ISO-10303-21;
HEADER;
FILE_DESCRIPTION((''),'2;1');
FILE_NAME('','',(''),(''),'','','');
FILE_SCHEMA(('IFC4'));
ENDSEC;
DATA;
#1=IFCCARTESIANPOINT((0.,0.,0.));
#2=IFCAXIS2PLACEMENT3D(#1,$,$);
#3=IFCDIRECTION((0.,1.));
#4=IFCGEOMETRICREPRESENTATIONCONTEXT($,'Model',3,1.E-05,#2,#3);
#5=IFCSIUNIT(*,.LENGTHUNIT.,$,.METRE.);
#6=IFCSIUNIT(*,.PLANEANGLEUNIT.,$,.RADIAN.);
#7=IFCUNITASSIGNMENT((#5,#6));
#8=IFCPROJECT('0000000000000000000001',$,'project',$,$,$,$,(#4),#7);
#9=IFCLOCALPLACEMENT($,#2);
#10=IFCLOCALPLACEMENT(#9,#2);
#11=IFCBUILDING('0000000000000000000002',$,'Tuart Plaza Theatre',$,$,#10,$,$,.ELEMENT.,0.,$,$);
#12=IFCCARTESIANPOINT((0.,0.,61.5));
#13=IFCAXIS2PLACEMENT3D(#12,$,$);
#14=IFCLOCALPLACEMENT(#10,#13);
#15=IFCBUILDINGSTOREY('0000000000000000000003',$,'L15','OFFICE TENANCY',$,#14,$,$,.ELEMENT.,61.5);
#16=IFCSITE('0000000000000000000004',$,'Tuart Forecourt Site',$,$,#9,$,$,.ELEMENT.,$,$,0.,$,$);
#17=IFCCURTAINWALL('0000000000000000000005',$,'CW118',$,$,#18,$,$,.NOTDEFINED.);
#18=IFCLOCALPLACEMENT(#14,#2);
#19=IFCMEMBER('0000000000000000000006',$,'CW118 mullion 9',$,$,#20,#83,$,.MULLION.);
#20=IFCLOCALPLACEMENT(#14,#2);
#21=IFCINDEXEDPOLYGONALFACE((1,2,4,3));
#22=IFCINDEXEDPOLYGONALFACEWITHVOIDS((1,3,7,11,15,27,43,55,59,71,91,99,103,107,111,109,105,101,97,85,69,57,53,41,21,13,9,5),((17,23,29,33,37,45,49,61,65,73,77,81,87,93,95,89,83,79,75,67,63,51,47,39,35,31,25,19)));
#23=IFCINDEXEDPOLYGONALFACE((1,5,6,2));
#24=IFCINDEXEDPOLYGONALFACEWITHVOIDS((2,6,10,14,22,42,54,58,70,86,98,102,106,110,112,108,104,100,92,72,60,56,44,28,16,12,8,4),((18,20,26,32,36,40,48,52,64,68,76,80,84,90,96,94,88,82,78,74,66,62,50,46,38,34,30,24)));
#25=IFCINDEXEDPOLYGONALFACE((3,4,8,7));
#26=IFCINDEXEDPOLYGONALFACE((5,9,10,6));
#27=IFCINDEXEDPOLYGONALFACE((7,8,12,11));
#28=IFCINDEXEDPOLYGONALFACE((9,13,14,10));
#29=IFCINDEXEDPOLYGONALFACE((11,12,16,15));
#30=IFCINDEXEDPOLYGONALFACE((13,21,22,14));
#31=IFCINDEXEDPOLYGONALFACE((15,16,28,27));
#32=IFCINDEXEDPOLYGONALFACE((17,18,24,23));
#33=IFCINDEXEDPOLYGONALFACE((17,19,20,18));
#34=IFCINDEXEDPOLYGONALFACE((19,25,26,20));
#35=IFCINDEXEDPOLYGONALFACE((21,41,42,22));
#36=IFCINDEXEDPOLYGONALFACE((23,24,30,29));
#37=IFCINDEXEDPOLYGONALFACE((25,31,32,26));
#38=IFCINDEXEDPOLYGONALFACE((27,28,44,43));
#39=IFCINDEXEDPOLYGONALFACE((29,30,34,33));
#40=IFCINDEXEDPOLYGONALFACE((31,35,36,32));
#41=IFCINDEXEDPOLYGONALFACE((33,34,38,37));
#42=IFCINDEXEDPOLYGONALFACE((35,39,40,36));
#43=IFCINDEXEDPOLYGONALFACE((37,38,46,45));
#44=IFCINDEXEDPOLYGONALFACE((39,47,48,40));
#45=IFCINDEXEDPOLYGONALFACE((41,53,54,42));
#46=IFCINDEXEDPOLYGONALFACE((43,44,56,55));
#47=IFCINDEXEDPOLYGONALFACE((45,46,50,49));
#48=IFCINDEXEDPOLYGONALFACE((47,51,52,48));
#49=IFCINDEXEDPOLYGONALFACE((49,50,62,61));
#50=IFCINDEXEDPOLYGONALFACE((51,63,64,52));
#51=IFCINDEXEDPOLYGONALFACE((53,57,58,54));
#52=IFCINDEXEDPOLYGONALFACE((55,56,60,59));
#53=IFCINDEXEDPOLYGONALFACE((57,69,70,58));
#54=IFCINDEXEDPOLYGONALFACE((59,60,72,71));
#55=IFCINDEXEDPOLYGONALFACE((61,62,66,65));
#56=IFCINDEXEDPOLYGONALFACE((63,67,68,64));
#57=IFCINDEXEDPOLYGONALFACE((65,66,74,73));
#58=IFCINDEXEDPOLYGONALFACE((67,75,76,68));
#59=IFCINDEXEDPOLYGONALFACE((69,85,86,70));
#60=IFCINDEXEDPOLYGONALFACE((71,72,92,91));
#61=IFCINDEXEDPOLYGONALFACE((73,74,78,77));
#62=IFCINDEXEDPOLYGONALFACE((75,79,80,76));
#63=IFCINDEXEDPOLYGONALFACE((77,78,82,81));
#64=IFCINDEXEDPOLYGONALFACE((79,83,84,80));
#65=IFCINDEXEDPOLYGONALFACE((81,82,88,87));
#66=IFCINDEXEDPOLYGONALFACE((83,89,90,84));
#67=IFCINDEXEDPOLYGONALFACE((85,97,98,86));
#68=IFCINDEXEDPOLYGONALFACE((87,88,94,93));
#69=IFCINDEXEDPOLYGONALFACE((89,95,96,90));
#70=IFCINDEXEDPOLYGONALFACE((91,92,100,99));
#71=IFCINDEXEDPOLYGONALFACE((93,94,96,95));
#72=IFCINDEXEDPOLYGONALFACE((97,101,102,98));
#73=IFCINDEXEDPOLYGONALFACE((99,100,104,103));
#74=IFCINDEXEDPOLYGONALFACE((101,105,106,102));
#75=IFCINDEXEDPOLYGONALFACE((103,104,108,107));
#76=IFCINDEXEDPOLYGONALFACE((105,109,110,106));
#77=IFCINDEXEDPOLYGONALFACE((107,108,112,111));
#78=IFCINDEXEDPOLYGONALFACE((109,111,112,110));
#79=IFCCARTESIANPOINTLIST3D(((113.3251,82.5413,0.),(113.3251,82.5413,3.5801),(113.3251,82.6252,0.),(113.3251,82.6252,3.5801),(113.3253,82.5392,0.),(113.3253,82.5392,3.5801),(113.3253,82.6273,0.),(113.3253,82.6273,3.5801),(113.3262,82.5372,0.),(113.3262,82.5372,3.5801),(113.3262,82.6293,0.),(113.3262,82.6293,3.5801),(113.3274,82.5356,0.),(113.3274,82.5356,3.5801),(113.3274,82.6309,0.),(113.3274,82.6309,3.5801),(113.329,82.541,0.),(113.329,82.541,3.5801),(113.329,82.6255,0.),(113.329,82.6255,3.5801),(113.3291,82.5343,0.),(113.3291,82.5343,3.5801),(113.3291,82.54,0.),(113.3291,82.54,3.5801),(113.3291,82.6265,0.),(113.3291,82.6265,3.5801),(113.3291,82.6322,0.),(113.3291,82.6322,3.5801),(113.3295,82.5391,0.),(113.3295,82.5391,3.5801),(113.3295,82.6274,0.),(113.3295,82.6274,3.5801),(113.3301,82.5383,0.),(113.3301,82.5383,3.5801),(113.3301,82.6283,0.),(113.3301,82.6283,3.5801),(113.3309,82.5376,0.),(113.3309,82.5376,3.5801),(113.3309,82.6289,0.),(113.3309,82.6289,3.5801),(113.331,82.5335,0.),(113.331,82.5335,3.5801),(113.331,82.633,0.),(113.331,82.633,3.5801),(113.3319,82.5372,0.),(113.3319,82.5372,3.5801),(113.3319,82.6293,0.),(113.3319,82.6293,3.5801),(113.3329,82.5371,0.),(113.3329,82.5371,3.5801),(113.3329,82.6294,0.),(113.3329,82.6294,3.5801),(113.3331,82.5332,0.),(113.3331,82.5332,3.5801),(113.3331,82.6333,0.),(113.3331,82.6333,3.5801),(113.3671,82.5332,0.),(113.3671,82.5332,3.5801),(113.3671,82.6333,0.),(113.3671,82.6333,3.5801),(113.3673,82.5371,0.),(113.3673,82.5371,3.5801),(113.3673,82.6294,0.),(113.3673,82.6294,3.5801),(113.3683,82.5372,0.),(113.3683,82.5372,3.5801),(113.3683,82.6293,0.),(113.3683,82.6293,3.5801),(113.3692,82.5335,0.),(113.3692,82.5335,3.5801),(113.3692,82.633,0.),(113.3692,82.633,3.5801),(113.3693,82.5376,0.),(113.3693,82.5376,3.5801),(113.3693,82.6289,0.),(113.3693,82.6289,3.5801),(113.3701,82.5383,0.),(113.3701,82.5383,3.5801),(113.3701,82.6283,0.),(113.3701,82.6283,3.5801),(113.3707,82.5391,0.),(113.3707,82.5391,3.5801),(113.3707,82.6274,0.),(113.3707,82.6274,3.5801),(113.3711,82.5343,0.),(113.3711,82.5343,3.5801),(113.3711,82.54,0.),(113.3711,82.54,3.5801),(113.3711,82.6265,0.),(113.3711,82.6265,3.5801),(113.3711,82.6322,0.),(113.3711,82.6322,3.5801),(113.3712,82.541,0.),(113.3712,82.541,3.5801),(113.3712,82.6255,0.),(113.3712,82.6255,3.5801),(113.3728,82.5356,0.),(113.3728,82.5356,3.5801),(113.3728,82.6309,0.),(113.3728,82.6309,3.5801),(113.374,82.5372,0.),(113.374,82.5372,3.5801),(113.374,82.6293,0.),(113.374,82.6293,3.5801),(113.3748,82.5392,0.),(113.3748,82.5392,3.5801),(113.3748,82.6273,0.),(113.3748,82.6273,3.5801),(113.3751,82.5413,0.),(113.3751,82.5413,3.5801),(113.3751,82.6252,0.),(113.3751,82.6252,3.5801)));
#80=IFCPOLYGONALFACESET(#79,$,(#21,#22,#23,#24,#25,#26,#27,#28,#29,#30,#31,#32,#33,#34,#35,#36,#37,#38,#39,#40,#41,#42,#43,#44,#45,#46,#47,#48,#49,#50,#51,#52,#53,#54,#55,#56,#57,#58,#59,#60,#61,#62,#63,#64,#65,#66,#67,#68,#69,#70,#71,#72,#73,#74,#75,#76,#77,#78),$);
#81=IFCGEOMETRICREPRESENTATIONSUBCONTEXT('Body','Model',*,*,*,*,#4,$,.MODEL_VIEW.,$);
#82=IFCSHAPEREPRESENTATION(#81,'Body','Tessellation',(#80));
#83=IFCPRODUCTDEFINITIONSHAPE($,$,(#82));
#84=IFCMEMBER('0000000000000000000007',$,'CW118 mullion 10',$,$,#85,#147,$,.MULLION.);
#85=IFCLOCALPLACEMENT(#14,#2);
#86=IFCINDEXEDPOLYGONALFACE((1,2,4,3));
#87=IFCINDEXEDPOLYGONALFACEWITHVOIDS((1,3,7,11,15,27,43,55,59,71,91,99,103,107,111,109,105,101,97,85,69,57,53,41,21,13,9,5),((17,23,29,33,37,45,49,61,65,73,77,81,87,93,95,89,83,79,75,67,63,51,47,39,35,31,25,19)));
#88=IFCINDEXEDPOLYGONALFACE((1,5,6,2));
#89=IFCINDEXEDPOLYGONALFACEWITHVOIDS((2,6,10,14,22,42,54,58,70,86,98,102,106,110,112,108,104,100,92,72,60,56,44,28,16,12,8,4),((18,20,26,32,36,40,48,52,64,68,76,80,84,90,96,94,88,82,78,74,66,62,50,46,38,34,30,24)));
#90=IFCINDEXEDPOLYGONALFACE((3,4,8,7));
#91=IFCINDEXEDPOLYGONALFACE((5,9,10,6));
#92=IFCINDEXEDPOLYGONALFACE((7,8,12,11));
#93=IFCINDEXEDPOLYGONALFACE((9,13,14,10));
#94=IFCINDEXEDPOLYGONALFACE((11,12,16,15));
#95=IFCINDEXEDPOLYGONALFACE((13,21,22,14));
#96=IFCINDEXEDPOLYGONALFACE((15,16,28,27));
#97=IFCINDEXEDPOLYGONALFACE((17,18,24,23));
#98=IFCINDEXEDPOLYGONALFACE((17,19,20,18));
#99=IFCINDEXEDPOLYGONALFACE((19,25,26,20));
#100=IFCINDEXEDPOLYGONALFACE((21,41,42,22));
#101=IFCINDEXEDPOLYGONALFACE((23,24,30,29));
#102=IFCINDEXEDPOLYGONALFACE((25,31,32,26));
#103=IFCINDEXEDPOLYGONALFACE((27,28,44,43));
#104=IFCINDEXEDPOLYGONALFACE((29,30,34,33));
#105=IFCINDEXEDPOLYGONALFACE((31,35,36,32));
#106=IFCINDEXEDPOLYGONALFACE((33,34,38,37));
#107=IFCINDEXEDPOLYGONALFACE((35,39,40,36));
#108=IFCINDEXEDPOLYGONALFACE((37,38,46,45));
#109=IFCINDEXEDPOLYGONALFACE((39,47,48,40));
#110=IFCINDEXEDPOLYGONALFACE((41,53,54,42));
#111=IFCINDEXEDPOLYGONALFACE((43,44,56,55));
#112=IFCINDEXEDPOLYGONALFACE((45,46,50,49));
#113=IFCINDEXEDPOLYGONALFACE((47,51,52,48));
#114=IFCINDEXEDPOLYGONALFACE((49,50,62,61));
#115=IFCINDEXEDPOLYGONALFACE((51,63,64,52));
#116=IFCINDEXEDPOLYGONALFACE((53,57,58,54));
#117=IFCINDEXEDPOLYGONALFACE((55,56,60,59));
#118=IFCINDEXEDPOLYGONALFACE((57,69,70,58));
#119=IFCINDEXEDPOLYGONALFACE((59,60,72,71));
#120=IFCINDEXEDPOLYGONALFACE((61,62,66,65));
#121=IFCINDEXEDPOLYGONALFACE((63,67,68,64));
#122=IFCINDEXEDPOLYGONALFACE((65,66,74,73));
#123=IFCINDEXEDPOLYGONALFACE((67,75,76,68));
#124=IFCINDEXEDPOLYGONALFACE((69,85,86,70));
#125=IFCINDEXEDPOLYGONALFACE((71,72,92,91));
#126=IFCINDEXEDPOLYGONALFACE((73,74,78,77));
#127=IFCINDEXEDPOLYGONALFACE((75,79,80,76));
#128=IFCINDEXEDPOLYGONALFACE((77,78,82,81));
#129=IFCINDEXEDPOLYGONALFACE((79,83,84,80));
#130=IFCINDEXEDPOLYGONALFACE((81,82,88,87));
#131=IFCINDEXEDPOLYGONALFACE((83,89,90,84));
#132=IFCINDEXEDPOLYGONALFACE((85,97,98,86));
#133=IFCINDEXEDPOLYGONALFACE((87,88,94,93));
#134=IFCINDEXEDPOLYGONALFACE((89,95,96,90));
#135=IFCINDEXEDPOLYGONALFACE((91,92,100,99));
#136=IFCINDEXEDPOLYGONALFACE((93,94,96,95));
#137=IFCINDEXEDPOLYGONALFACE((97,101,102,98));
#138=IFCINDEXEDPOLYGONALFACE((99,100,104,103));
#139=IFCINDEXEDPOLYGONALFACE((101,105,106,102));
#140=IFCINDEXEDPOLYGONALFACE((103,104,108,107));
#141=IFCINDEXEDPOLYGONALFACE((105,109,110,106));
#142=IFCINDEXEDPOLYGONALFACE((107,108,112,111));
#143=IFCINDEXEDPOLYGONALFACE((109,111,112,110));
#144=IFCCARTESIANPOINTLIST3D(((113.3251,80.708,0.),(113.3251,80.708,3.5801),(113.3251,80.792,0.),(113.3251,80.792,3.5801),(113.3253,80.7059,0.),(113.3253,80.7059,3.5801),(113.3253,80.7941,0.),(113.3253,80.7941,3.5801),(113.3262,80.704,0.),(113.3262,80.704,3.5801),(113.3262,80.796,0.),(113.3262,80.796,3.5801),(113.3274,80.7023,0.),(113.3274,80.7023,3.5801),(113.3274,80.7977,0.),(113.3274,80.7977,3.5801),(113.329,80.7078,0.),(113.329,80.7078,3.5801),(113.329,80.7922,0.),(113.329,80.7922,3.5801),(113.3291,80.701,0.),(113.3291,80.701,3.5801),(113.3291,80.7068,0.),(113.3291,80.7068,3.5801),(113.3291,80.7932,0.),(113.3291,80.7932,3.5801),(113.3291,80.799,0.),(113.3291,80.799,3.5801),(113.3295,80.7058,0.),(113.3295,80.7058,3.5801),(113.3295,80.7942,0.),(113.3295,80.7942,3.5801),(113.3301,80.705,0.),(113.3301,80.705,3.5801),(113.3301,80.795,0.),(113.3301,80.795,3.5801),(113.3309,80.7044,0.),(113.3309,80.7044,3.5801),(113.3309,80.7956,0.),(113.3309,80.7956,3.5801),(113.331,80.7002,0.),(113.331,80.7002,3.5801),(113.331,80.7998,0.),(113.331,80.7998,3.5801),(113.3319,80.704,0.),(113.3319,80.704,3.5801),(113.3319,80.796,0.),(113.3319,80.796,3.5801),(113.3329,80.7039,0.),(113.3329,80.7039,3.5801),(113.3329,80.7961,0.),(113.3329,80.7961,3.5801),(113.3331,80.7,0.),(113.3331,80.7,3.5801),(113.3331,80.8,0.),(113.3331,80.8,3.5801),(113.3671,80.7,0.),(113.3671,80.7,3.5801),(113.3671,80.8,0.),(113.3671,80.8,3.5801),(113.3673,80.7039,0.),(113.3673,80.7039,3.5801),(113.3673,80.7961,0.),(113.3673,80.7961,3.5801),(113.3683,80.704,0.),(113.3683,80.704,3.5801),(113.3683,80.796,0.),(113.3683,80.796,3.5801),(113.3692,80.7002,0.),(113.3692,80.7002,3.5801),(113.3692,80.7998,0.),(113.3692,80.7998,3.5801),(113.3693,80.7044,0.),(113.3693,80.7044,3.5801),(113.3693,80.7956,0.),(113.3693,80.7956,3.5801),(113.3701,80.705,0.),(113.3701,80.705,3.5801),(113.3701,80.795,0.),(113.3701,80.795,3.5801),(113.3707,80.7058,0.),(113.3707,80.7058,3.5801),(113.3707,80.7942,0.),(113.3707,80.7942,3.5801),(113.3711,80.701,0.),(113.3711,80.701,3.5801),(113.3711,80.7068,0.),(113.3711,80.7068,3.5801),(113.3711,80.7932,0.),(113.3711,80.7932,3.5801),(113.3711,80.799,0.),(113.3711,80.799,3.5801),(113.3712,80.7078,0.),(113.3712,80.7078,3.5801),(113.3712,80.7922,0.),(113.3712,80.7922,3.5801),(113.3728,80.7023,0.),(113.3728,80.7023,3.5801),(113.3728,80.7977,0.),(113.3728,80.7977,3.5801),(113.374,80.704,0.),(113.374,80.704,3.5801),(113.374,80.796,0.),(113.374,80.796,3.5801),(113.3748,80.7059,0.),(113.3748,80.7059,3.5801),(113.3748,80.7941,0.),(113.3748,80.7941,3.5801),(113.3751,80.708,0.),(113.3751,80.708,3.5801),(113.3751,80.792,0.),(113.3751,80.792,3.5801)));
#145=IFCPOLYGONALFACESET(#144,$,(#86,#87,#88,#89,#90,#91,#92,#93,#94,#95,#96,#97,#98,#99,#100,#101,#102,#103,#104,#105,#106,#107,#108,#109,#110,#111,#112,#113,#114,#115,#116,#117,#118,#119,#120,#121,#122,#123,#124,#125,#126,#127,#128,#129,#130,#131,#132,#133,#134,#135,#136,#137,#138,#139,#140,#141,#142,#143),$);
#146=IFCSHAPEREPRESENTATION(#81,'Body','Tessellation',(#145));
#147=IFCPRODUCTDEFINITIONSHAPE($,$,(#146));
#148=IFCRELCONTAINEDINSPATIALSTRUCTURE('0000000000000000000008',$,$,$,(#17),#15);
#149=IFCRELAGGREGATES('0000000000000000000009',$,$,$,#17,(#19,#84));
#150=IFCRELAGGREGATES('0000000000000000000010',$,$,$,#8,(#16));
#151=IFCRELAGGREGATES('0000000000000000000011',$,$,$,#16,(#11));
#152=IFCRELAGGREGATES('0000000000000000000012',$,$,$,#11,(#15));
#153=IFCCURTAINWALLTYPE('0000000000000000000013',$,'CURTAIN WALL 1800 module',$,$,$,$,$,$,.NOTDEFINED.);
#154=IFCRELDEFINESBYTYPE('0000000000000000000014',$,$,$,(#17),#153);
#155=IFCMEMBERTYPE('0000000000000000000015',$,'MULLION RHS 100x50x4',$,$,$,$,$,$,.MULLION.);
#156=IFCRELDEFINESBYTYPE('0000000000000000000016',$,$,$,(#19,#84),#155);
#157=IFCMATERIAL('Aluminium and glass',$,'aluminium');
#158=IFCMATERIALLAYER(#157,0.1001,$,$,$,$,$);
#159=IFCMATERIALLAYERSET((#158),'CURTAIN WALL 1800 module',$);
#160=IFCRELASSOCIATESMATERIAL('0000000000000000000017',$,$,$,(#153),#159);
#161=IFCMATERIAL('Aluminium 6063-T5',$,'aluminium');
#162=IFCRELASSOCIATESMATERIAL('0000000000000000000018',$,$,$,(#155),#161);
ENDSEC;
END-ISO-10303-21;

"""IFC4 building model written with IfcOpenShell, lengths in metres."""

from ifc_helpers import new_model, si_unit, direction, frame, origin, origin_2d, place, context, subcontext, project, spatial, hollow_rectangle, extrude, material, layer, layer_set, material_profile, profile_set, type_object, element, aggregate, save


model = new_model("IFC4")

# Units and contexts
model_context = context("Model", 3, precision=1e-05, world=origin(), true_north=direction((0.0, 1.0)))
body_context = subcontext(model_context, "Body", "Model", "MODEL_VIEW")
ifc_project = project(units=[si_unit("LENGTHUNIT", "METRE"), si_unit("PLANEANGLEUNIT", "RADIAN")], contexts=[model_context])

# Site, building, storey
site_placement = place(None, origin())
site = spatial("IfcSite", under=ifc_project, at=site_placement, Name="Tuart Forecourt Site", CompositionType="ELEMENT", RefElevation=0.0)
building_placement = place(site_placement, origin())
building = spatial("IfcBuilding", under=site, at=building_placement, Name="Tuart Plaza Theatre", CompositionType="ELEMENT", ElevationOfRefHeight=0.0)
storey_placement = place(building_placement, frame((0.0, 0.0, 61.5)))
storey = spatial("IfcBuildingStorey", under=building, at=storey_placement, Name="L15", Description="OFFICE TENANCY", CompositionType="ELEMENT", Elevation=61.5)

# Curtain wall, members
ifc_material_1 = material(Name="Aluminium and glass", Category="aluminium")
ifc_layer_1 = layer(ifc_material_1, 0.1001)
ifc_layer_set_1 = layer_set([ifc_layer_1], Name="CURTAIN WALL 1800 module")
curtain_wall_type = type_object("IfcCurtainWallType", Name="CURTAIN WALL 1800 module", PredefinedType="NOTDEFINED", material=ifc_layer_set_1)
curtain_wall_placement = place(storey_placement, origin())
curtain_wall = element("IfcCurtainWall", 1, at=curtain_wall_placement, inside=storey, type_object=curtain_wall_type, Name="CW118", PredefinedType="NOTDEFINED")
ifc_material_2 = material(Name="Aluminium 6063-T5", Category="aluminium")
ifc_material_profile = material_profile(ifc_material_2, hollow_rectangle(XDim=0.05, YDim=0.1001, WallThickness=0.0039, InnerFilletRadius=0.0039, OuterFilletRadius=0.0081, at=origin_2d()), Name="RHS 100x50x4")
ifc_profile_set = profile_set([ifc_material_profile], Name="Aluminium 6063-T5")
member_type = type_object("IfcMemberType", Name="MULLION RHS 100x50x4", PredefinedType="MULLION", material=ifc_profile_set)
member_1_placement = place(storey_placement, frame((113.3501, 82.5833, 0.0), z_axis=(0.0, 0.0, 1.0), x_axis=(1.0, 0.0, 0.0)))
member_1 = element("IfcMember", 2, at=member_1_placement, type_object=member_type, Name="CW118 mullion 9", PredefinedType="MULLION", context=body_context, shape_type="SweptSolid", body=[
    extrude(hollow_rectangle(XDim=0.05, YDim=0.1001, WallThickness=0.0039, InnerFilletRadius=0.0039, OuterFilletRadius=0.0081, at=origin_2d()), origin(), (0.0, 0.0, 1.0), 3.5801),
])
member_2_placement = place(storey_placement, frame((113.3501, 80.75, 0.0), z_axis=(0.0, 0.0, 1.0), x_axis=(1.0, 0.0, 0.0)))
member_2 = element("IfcMember", 3, at=member_2_placement, type_object=member_type, Name="CW118 mullion 10", PredefinedType="MULLION", context=body_context, shape_type="SweptSolid", body=[
    extrude(hollow_rectangle(XDim=0.05, YDim=0.1001, WallThickness=0.0039, InnerFilletRadius=0.0039, OuterFilletRadius=0.0081, at=origin_2d()), origin(), (0.0, 0.0, 1.0), 3.5801),
])
aggregate(curtain_wall, [member_1, member_2])

save(model, "model.ifc")
